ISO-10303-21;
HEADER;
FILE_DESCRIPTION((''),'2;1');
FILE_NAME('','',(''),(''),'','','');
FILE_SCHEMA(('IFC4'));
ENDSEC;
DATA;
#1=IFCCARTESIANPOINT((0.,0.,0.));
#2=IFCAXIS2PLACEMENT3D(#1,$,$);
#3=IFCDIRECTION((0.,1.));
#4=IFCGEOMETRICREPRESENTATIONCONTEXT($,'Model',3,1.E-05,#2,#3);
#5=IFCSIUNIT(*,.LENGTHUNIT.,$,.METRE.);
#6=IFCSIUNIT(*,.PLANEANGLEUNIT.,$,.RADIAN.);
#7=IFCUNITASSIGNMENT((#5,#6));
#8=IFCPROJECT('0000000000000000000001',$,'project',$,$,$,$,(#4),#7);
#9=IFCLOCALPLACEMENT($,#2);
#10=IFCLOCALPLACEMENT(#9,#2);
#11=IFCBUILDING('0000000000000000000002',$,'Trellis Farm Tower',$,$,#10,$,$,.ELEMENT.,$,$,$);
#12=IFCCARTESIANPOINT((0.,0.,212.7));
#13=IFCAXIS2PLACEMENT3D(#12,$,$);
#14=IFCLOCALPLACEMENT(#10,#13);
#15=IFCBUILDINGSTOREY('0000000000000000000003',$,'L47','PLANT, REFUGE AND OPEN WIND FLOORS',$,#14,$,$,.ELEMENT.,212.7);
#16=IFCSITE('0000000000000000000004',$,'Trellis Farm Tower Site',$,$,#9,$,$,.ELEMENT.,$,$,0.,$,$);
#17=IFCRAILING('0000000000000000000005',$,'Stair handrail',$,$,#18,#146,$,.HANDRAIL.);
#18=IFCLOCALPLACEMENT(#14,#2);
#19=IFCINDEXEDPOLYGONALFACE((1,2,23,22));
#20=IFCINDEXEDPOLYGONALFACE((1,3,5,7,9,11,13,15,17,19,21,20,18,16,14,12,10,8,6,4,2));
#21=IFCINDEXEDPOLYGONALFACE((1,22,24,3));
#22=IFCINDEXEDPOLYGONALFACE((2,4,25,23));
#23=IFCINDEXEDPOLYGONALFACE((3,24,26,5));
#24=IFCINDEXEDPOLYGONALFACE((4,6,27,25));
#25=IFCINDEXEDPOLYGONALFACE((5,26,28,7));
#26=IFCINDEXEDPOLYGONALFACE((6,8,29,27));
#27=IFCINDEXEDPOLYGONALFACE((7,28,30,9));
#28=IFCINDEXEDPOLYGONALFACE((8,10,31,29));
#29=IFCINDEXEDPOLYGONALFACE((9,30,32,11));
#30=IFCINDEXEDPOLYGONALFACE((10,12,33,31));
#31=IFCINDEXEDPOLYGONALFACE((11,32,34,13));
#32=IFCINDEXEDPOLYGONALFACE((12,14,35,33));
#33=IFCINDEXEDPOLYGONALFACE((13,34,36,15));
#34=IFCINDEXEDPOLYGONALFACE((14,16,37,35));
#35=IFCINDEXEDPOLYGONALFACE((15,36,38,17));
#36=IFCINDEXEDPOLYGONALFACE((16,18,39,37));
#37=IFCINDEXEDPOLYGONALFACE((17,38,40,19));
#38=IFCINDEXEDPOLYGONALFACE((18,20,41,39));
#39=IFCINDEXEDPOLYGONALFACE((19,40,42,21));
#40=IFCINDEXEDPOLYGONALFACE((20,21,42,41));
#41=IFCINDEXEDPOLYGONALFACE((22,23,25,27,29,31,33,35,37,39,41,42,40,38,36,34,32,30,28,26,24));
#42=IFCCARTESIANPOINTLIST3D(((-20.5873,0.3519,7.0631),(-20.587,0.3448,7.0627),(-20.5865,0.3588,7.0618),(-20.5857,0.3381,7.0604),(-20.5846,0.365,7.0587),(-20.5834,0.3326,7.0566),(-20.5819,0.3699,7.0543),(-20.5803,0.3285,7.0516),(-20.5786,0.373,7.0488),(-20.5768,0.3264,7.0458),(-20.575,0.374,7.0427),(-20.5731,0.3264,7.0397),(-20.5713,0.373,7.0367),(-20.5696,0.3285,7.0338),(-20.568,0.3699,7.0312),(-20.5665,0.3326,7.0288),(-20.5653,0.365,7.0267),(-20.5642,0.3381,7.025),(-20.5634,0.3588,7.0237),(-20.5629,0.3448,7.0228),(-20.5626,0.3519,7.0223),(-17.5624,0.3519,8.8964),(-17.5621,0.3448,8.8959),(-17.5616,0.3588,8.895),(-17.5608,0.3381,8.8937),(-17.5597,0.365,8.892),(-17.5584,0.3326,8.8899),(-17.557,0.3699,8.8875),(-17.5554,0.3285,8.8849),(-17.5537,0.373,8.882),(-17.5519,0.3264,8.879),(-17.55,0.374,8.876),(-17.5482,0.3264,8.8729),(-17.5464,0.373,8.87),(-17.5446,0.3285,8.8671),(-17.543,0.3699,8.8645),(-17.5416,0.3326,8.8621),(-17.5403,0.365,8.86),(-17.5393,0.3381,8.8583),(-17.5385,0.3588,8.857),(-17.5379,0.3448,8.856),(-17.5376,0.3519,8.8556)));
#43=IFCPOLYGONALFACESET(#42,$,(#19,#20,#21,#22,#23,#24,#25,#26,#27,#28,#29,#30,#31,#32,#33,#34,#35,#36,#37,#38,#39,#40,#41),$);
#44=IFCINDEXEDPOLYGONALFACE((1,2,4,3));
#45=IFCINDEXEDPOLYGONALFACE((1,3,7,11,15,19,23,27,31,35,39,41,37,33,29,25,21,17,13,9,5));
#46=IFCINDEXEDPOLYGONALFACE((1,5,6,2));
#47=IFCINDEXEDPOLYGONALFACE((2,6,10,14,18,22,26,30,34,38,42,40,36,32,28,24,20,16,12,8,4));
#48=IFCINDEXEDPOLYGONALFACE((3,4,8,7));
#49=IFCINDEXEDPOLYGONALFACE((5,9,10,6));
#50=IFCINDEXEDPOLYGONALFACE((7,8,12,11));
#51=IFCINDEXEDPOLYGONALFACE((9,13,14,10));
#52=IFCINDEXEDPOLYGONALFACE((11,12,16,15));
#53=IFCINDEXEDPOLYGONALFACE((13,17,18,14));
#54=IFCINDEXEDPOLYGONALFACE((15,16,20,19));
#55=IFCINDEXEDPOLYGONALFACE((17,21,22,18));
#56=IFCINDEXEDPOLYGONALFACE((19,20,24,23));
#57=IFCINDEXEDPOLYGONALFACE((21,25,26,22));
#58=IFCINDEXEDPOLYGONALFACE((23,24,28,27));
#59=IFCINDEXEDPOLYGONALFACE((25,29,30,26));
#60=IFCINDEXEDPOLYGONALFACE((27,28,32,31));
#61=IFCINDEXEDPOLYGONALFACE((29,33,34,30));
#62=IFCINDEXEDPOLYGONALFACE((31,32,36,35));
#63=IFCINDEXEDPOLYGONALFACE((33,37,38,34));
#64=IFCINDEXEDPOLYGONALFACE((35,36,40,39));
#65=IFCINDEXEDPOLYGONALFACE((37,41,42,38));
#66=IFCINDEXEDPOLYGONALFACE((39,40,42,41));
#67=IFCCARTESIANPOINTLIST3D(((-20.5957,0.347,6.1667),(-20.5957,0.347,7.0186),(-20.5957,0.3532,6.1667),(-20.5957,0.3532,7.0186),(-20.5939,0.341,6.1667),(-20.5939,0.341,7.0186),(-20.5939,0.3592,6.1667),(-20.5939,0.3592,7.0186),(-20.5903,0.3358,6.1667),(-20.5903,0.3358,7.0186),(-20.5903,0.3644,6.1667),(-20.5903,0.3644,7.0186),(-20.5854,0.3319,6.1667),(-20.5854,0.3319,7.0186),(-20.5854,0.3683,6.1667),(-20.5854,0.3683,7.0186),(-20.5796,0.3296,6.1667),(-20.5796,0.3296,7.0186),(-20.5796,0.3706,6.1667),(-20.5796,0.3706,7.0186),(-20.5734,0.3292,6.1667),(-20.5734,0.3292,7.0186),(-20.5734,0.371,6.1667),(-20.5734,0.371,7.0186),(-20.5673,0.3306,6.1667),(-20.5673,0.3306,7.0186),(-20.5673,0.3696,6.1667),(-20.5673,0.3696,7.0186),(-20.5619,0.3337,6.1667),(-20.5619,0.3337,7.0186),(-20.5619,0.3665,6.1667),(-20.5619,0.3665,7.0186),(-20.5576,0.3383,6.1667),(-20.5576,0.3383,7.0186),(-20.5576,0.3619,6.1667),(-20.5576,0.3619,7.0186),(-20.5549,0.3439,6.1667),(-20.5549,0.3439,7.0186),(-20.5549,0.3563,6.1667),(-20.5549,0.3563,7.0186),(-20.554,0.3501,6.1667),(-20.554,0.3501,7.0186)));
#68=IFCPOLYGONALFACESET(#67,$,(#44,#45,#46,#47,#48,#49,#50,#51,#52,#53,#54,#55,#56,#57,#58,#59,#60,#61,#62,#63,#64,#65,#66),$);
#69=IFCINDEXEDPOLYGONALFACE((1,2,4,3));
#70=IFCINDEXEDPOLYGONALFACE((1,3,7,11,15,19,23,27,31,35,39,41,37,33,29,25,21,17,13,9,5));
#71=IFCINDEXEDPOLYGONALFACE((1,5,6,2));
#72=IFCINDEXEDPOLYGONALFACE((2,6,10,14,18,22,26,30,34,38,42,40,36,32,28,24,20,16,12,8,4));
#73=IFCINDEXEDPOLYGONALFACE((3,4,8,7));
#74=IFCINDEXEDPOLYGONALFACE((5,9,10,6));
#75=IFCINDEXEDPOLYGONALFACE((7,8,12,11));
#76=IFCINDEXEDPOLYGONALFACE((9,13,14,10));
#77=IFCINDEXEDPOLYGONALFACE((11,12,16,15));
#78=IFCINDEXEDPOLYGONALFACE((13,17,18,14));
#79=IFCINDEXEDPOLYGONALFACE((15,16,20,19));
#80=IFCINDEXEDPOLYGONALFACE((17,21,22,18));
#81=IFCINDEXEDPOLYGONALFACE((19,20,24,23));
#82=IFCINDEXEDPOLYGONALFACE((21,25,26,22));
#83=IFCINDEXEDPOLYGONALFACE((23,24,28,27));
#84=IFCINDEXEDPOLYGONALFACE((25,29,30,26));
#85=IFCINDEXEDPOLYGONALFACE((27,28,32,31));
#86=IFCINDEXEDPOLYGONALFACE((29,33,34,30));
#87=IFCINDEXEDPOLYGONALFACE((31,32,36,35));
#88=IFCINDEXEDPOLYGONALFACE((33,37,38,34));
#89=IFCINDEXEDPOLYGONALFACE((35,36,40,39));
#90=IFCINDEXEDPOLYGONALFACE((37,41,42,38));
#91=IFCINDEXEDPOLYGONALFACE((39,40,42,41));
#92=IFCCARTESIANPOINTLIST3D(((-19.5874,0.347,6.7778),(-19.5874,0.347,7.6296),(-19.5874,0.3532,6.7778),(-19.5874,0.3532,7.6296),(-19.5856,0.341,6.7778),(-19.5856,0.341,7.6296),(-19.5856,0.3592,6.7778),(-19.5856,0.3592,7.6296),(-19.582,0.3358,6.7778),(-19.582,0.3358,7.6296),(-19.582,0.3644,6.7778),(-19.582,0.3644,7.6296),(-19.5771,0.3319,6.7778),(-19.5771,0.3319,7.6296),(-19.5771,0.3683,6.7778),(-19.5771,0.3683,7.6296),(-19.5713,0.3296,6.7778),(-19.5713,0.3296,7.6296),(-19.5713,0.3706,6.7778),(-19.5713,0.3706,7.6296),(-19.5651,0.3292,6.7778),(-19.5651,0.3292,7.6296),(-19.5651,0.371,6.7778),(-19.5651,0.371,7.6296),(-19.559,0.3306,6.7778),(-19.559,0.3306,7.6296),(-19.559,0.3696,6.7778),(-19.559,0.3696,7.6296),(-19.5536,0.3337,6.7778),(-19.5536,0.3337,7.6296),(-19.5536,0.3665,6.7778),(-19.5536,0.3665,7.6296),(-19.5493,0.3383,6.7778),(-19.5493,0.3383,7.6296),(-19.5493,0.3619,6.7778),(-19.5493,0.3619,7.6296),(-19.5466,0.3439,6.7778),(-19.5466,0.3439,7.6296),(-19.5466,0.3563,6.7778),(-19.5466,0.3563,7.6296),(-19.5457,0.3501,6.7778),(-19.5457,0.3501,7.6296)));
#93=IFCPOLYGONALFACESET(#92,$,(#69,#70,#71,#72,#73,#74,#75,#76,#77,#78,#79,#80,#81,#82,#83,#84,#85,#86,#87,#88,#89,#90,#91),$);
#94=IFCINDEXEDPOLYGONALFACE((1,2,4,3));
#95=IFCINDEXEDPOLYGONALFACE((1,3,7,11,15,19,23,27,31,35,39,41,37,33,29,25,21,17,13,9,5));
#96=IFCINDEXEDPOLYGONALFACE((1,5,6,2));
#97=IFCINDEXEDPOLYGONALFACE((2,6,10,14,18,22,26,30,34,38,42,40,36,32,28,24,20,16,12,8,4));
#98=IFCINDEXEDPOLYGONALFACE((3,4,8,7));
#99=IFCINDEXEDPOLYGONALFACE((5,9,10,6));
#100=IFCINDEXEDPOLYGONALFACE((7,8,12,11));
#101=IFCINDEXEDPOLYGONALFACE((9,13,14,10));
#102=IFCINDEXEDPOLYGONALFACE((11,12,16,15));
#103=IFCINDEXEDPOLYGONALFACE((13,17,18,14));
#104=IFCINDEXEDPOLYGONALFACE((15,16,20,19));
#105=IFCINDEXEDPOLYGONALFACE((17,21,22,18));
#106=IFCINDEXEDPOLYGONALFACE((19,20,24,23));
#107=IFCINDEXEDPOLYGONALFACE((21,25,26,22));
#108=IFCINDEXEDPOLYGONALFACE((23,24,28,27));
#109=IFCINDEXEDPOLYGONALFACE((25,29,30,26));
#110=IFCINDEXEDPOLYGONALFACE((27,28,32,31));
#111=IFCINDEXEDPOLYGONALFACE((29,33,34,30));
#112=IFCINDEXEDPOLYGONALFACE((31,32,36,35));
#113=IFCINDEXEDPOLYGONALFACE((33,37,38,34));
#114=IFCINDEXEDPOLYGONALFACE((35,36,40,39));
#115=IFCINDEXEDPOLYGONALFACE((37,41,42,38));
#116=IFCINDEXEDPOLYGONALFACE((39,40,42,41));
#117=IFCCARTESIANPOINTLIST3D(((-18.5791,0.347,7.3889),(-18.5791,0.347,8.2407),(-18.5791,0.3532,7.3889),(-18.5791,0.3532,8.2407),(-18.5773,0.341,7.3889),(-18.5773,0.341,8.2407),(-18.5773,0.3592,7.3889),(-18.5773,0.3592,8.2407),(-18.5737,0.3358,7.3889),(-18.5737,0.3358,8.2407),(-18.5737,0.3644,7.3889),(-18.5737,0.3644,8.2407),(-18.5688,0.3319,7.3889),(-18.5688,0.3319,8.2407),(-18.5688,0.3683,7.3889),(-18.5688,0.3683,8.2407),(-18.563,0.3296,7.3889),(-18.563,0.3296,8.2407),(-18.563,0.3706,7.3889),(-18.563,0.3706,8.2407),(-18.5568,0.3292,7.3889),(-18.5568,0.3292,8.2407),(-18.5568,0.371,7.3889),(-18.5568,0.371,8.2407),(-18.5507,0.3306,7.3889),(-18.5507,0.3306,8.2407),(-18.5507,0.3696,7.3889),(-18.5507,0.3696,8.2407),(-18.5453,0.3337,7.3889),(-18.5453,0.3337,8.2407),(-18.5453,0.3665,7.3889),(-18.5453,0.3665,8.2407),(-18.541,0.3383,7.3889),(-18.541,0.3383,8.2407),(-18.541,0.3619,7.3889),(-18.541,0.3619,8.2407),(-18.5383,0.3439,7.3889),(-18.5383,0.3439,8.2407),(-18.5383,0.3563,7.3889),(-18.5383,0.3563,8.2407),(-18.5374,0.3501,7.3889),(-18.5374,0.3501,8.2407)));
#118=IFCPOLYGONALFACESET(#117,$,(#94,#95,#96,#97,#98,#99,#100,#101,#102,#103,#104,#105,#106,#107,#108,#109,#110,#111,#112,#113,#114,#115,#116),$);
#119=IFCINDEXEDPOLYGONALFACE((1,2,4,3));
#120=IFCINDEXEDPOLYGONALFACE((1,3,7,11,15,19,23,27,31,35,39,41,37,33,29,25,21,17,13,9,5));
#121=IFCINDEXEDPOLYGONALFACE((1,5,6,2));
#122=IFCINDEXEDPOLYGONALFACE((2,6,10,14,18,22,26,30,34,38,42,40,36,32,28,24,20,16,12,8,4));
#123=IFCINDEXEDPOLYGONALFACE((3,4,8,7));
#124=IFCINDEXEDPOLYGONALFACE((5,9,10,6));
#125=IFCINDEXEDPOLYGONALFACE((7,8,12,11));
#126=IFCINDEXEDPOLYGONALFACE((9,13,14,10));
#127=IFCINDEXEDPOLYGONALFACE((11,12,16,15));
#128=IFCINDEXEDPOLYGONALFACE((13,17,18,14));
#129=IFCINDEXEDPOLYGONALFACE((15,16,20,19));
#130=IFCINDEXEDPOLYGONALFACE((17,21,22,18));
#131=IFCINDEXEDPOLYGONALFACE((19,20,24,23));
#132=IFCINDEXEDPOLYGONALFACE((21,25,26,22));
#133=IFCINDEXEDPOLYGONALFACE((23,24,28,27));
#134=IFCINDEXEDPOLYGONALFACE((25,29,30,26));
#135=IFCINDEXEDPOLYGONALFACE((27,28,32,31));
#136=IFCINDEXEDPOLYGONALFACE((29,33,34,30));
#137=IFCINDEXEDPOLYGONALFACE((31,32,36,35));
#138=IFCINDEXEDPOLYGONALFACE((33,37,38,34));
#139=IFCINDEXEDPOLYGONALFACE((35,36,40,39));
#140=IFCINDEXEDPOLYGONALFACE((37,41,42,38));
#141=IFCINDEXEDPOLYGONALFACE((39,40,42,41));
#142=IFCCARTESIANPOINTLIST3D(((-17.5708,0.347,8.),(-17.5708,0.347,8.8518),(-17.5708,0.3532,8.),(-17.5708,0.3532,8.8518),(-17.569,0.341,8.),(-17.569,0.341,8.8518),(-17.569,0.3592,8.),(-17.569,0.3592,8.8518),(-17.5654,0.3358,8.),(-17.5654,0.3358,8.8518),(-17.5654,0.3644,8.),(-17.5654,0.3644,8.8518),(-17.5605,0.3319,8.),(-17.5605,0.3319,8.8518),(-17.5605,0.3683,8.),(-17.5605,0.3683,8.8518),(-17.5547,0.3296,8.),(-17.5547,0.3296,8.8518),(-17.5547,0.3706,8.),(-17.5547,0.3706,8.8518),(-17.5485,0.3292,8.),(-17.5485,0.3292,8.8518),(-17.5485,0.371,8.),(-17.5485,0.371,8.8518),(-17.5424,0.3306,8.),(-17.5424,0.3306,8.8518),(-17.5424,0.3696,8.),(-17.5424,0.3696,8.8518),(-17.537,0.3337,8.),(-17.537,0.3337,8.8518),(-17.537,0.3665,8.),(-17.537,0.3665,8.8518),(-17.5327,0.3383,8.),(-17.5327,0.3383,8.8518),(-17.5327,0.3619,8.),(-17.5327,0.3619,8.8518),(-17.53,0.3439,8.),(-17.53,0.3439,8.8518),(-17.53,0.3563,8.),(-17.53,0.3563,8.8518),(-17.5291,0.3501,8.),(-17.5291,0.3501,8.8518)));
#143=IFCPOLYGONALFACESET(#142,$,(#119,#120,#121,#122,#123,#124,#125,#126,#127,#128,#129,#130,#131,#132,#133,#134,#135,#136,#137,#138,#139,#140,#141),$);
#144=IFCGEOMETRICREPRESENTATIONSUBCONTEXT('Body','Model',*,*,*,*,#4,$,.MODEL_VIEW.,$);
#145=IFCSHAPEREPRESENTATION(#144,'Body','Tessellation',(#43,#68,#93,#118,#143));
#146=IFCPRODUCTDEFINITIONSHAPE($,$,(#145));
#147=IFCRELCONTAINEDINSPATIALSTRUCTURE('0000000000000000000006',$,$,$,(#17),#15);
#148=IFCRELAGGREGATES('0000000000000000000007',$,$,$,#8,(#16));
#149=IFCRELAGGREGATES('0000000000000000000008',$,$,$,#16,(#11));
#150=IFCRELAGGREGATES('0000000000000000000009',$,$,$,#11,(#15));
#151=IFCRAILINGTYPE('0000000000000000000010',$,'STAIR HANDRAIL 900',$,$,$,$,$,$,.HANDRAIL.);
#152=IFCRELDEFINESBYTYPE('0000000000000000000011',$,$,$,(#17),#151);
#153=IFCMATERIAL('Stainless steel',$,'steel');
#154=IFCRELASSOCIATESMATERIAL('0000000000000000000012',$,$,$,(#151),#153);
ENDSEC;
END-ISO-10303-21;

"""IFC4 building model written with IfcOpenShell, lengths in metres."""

from ifc_helpers import new_model, si_unit, direction, frame, origin, origin_2d, place, context, subcontext, project, spatial, circle, extrude, source, transform, mapped, material, type_object, element, save


model = new_model("IFC4")

# Units and contexts
model_context = context("Model", 3, precision=1e-05, world=origin(), true_north=direction((0.0, 1.0)))
body_context = subcontext(model_context, "Body", "Model", "MODEL_VIEW")
ifc_project = project(units=[si_unit("LENGTHUNIT", "METRE"), si_unit("PLANEANGLEUNIT", "RADIAN")], contexts=[model_context])

# Site, building, storey
site_placement = place(None, origin())
site = spatial("IfcSite", under=ifc_project, at=site_placement, Name="Trellis Farm Tower Site", CompositionType="ELEMENT", RefElevation=0.0)
building_placement = place(site_placement, origin())
building = spatial("IfcBuilding", under=site, at=building_placement, Name="Trellis Farm Tower", CompositionType="ELEMENT")
storey_placement = place(building_placement, frame((0.0, 0.0, 212.7)))
storey = spatial("IfcBuildingStorey", under=building, at=storey_placement, Name="L47", Description="PLANT, REFUGE AND OPEN WIND FLOORS", CompositionType="ELEMENT", Elevation=212.7)

# Railing
ifc_material_1 = material(Name="Stainless steel", Category="steel")
railing_type_1 = type_object("IfcRailingType", Name="STAIR HANDRAIL 900", PredefinedType="HANDRAIL", material=ifc_material_1)
shared_shape_1 = source(origin(), body_context, "Body", "SweptSolid", [
    extrude(circle(Radius=0.0239, at=origin_2d()), frame((0.0, 0.0, 0.876), z_axis=(0.855201, 0.0, 0.518297), x_axis=(0.0, 1.0, 0.0)), (0.0, 0.0, 1.0), 3.5371),
    extrude(circle(Radius=0.021, at=origin_2d()), origin(), (0.0, 0.0, 1.0), 0.8518),
    extrude(circle(Radius=0.021, at=origin_2d()), frame((1.0083, 0.0, 0.6111)), (0.0, 0.0, 1.0), 0.8518),
    extrude(circle(Radius=0.021, at=origin_2d()), frame((2.0166, 0.0, 1.2222)), (0.0, 0.0, 1.0), 0.8518),
    extrude(circle(Radius=0.021, at=origin_2d()), frame((3.0249, 0.0, 1.8333)), (0.0, 0.0, 1.0), 0.8518),
])
for number, where, name in (
    (1, (-20.575, 0.3501, 6.1667), "Stair handrail"),
):
    element("IfcRailing", number, at=place(storey_placement, frame(where)), inside=storey, type_object=railing_type_1, Name=name, PredefinedType="HANDRAIL", context=body_context, shape_type="MappedRepresentation", body=[
        mapped(shared_shape_1, transform((0.0, 0.0, 0.0))),
    ])

save(model, "model.ifc")
